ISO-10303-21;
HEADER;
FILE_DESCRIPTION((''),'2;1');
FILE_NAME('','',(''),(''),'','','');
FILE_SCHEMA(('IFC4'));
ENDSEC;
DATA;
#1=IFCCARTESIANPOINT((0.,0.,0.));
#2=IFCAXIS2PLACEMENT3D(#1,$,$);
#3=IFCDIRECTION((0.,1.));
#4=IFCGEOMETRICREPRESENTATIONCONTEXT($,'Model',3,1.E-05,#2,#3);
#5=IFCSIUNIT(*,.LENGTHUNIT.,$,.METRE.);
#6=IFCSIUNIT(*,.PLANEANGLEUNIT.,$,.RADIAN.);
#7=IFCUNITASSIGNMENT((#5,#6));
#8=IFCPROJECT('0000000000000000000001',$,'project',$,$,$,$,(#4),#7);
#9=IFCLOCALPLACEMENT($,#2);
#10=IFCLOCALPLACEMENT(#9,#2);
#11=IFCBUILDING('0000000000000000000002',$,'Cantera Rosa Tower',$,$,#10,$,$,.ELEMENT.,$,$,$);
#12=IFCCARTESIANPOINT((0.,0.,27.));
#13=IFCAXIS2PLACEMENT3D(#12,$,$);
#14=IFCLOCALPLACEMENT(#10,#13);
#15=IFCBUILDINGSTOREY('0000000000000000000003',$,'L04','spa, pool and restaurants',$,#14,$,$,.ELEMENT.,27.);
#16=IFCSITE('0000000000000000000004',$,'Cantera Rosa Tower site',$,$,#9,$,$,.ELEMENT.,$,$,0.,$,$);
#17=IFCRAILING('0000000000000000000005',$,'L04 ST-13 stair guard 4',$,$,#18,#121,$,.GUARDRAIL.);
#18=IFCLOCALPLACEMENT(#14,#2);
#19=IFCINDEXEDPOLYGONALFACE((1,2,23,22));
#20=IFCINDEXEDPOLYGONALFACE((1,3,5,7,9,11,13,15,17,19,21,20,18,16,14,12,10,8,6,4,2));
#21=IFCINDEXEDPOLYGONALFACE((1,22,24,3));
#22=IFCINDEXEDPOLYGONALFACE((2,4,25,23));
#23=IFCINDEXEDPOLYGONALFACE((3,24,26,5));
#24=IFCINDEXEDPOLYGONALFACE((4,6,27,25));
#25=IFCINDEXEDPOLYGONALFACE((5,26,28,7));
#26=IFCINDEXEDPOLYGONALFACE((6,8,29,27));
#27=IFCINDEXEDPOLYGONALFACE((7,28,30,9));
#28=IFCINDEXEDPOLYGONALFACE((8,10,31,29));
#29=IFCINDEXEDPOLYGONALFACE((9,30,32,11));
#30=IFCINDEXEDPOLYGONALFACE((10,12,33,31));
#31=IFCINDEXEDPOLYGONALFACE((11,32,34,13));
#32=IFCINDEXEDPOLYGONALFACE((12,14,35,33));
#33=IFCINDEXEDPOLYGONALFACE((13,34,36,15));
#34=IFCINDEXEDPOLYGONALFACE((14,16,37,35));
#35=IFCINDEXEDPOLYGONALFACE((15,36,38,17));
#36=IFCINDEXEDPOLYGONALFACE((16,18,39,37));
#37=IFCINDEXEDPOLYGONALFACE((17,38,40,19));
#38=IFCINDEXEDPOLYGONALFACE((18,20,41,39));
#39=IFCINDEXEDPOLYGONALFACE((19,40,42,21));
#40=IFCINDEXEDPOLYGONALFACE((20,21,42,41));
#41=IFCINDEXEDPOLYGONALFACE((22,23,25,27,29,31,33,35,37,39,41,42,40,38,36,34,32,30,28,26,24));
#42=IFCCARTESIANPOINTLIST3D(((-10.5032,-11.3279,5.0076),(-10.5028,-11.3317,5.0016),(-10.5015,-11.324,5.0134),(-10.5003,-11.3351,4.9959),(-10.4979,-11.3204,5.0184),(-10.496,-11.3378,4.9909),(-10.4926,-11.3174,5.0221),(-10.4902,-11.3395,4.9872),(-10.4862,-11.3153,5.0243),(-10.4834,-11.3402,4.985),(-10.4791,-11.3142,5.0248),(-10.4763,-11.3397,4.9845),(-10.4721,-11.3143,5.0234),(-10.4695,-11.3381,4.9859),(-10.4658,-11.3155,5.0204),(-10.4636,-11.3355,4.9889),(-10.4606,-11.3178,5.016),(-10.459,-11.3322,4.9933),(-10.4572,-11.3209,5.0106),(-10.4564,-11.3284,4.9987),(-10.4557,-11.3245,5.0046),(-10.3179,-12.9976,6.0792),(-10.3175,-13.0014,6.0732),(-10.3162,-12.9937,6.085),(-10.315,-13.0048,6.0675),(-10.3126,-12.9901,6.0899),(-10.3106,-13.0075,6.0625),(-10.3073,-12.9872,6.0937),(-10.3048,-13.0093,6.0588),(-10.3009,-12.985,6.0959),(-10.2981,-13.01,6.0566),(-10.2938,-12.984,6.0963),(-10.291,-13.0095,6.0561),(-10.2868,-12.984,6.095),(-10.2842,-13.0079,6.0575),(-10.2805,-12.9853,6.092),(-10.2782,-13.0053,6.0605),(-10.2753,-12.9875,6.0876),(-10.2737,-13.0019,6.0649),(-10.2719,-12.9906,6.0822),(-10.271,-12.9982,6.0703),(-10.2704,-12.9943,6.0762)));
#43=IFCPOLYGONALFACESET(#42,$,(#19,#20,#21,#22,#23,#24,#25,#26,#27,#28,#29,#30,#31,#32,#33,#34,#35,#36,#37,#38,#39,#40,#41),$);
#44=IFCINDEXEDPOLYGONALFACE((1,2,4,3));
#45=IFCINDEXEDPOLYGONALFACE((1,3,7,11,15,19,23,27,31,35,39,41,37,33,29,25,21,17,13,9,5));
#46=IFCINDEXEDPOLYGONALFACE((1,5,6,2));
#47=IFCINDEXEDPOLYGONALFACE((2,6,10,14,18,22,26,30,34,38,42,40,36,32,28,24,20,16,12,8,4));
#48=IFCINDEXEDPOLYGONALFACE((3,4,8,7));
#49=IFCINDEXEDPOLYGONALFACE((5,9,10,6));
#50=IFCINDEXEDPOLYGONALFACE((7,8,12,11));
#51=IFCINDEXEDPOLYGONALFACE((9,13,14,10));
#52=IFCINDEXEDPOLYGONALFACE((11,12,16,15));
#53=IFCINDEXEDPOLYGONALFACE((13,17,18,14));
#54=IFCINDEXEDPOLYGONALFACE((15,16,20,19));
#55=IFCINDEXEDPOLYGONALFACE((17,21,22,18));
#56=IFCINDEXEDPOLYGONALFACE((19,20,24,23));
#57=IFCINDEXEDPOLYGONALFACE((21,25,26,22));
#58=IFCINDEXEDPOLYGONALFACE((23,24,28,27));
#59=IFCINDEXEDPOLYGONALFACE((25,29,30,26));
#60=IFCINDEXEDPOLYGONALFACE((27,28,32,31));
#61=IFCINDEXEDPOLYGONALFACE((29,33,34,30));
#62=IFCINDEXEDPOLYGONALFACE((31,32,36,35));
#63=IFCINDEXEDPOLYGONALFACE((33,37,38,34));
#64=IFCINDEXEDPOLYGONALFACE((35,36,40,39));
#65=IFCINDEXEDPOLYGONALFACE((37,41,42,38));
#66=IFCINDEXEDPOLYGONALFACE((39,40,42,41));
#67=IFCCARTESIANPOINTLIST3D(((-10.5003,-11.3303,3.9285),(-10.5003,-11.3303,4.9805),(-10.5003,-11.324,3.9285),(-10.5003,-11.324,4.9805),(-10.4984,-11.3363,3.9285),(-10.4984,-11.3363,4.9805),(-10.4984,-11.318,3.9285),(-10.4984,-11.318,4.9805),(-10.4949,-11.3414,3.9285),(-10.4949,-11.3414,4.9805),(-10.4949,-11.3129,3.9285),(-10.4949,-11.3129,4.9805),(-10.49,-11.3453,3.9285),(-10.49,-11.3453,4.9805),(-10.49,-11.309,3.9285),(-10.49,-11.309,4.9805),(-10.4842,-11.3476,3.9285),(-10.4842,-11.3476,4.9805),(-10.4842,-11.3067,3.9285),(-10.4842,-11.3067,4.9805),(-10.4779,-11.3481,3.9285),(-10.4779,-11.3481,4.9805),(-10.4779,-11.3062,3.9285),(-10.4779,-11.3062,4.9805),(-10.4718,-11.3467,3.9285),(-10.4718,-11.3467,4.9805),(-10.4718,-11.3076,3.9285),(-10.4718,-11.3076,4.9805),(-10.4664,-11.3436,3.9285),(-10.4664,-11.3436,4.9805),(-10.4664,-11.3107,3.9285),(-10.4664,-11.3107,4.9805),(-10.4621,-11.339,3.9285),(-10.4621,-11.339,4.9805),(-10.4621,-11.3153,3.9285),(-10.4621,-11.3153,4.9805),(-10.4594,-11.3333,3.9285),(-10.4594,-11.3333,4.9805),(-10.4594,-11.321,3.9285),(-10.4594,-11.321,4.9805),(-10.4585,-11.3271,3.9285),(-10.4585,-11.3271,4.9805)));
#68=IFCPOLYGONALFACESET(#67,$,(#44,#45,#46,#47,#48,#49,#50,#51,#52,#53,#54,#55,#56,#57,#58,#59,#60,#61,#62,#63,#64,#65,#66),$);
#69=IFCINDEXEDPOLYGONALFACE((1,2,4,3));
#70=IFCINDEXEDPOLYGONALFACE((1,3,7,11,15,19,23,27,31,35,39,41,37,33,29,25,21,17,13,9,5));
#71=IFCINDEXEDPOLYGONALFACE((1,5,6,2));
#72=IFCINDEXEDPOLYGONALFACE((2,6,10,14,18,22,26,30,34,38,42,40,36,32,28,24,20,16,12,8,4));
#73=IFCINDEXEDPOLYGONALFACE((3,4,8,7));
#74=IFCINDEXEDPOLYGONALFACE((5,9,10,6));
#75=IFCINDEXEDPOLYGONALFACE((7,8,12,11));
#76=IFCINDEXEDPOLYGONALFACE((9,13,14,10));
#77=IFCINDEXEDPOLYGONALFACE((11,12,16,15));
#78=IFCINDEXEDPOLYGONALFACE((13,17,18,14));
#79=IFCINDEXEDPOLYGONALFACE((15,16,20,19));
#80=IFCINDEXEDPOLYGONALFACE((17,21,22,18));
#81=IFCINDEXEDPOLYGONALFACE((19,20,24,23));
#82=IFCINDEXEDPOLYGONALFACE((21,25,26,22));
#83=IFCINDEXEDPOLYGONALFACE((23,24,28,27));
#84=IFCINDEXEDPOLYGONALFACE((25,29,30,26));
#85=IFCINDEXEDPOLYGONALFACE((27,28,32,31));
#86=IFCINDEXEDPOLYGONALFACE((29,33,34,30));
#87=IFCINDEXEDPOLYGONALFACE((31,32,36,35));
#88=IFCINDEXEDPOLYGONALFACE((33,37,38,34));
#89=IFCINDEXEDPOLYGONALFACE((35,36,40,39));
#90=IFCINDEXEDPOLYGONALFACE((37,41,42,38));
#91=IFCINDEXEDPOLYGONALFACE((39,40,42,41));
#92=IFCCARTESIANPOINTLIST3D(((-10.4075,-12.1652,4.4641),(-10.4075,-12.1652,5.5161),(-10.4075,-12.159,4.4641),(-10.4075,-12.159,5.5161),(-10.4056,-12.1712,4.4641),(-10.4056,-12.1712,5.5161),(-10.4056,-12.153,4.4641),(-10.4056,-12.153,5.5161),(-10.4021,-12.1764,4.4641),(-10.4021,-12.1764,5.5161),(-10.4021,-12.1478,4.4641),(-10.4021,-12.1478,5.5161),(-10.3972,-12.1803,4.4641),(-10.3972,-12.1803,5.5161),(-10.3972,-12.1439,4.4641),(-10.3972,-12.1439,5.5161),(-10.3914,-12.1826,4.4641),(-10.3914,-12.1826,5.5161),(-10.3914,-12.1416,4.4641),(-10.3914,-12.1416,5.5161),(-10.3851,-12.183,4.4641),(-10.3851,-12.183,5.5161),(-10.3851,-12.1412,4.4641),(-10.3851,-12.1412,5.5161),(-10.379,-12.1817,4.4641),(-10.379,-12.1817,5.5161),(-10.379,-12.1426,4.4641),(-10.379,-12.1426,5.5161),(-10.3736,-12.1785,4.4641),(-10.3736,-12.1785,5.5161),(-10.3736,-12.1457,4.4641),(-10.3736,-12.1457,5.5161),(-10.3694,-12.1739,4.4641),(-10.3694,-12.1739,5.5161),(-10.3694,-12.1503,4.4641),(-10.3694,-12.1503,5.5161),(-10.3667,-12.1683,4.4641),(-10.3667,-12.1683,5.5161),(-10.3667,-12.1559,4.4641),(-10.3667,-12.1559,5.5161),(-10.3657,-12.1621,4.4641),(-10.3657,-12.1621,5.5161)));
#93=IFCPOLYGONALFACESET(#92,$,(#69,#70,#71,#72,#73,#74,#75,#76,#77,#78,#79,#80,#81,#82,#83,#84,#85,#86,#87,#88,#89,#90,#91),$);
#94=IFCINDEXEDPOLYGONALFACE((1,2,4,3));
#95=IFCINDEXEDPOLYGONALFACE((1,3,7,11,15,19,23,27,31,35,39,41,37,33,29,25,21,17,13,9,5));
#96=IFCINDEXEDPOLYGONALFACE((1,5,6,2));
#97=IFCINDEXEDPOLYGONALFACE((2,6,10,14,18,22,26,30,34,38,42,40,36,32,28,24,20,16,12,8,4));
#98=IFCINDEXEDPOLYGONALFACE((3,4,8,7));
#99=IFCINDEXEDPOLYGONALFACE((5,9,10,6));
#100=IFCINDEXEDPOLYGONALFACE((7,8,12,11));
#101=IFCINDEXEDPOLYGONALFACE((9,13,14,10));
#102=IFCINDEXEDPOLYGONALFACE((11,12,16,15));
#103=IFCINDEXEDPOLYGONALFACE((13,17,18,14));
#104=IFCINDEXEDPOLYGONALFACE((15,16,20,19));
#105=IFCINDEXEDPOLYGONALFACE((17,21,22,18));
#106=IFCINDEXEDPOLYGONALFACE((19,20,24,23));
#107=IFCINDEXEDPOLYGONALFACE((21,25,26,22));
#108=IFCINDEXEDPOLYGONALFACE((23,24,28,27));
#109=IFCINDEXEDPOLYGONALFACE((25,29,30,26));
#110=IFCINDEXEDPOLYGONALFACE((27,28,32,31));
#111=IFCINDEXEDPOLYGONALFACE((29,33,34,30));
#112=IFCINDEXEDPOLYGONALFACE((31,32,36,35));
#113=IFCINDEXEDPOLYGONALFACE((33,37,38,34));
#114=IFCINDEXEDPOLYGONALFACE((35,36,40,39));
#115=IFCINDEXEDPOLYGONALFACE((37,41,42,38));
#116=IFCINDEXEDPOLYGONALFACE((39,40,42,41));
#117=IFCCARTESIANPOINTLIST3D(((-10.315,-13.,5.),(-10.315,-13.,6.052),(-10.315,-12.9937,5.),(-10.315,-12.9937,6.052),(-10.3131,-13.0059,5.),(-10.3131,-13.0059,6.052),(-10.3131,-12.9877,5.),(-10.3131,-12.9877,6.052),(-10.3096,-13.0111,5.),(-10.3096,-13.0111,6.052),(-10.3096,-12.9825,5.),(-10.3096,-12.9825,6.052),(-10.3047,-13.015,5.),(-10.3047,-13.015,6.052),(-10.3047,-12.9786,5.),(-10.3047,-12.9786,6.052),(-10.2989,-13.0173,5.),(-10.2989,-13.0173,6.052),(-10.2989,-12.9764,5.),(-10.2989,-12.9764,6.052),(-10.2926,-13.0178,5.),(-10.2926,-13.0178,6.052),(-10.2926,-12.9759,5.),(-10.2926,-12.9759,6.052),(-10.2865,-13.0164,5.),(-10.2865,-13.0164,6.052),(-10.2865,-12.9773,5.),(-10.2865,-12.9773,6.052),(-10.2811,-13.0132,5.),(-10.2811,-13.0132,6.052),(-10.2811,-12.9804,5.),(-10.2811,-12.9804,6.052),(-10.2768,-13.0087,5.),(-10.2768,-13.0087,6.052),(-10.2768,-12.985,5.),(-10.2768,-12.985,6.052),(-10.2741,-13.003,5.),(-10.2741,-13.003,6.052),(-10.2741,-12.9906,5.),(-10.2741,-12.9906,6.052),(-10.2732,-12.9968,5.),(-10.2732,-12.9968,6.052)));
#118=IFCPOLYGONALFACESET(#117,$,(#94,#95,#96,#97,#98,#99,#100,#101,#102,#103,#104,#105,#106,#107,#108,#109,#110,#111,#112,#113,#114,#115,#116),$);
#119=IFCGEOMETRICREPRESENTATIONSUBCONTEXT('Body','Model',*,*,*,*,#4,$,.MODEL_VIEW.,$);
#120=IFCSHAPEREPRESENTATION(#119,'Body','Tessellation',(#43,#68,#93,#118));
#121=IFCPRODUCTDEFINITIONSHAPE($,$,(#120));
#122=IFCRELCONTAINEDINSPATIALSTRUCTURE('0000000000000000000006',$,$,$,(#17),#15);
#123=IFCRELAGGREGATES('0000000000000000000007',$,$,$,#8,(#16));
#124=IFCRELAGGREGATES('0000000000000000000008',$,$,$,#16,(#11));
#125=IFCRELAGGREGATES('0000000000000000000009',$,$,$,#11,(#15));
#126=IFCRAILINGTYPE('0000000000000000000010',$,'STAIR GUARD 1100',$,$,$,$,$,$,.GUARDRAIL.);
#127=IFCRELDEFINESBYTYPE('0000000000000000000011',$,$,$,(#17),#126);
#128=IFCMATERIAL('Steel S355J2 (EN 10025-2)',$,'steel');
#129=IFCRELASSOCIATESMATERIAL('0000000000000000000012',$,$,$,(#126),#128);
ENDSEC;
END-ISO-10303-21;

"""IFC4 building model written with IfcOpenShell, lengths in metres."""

from ifc_helpers import new_model, si_unit, direction, frame, origin, origin_2d, place, context, subcontext, project, spatial, circle, extrude, material, type_object, element, save


model = new_model("IFC4")

# Units and contexts
model_context = context("Model", 3, precision=1e-05, world=origin(), true_north=direction((0.0, 1.0)))
body_context = subcontext(model_context, "Body", "Model", "MODEL_VIEW")
ifc_project = project(units=[si_unit("LENGTHUNIT", "METRE"), si_unit("PLANEANGLEUNIT", "RADIAN")], contexts=[model_context])

# Site, building, storey
site_placement = place(None, origin())
site = spatial("IfcSite", under=ifc_project, at=site_placement, Name="Cantera Rosa Tower site", CompositionType="ELEMENT", RefElevation=0.0)
building_placement = place(site_placement, origin())
building = spatial("IfcBuilding", under=site, at=building_placement, Name="Cantera Rosa Tower", CompositionType="ELEMENT")
storey_placement = place(building_placement, frame((0.0, 0.0, 27.0)))
storey = spatial("IfcBuildingStorey", under=building, at=storey_placement, Name="L04", Description="spa, pool and restaurants", CompositionType="ELEMENT", Elevation=27.0)

# Railing
ifc_material_1 = material(Name="Steel S355J2 (EN 10025-2)", Category="steel")
railing_type = type_object("IfcRailingType", Name="STAIR GUARD 1100", PredefinedType="GUARDRAIL", material=ifc_material_1)
railing_1_placement = place(storey_placement, frame((-10.4795, -11.3271, 3.9285)))
element("IfcRailing", 1, at=railing_1_placement, inside=storey, type_object=railing_type, Name="L04 ST-13 stair guard 4", PredefinedType="GUARDRAIL", context=body_context, shape_type="SweptSolid", body=[
    extrude(circle(Radius=0.0239, at=origin_2d()), frame((0.0, 0.0, 1.0762), z_axis=(0.092997, -0.837951, 0.537764), x_axis=(0.993898, 0.110304, 0.0)), (0.0, 0.0, 1.0), 1.9927),
    extrude(circle(Radius=0.021, at=origin_2d()), origin(), (0.0, 0.0, 1.0), 1.052),
    extrude(circle(Radius=0.021, at=origin_2d()), frame((0.0928, -0.835, 0.5356)), (0.0, 0.0, 1.0), 1.052),
    extrude(circle(Radius=0.021, at=origin_2d()), frame((0.1853, -1.6697, 1.0715)), (0.0, 0.0, 1.0), 1.052),
])

save(model, "model.ifc")
